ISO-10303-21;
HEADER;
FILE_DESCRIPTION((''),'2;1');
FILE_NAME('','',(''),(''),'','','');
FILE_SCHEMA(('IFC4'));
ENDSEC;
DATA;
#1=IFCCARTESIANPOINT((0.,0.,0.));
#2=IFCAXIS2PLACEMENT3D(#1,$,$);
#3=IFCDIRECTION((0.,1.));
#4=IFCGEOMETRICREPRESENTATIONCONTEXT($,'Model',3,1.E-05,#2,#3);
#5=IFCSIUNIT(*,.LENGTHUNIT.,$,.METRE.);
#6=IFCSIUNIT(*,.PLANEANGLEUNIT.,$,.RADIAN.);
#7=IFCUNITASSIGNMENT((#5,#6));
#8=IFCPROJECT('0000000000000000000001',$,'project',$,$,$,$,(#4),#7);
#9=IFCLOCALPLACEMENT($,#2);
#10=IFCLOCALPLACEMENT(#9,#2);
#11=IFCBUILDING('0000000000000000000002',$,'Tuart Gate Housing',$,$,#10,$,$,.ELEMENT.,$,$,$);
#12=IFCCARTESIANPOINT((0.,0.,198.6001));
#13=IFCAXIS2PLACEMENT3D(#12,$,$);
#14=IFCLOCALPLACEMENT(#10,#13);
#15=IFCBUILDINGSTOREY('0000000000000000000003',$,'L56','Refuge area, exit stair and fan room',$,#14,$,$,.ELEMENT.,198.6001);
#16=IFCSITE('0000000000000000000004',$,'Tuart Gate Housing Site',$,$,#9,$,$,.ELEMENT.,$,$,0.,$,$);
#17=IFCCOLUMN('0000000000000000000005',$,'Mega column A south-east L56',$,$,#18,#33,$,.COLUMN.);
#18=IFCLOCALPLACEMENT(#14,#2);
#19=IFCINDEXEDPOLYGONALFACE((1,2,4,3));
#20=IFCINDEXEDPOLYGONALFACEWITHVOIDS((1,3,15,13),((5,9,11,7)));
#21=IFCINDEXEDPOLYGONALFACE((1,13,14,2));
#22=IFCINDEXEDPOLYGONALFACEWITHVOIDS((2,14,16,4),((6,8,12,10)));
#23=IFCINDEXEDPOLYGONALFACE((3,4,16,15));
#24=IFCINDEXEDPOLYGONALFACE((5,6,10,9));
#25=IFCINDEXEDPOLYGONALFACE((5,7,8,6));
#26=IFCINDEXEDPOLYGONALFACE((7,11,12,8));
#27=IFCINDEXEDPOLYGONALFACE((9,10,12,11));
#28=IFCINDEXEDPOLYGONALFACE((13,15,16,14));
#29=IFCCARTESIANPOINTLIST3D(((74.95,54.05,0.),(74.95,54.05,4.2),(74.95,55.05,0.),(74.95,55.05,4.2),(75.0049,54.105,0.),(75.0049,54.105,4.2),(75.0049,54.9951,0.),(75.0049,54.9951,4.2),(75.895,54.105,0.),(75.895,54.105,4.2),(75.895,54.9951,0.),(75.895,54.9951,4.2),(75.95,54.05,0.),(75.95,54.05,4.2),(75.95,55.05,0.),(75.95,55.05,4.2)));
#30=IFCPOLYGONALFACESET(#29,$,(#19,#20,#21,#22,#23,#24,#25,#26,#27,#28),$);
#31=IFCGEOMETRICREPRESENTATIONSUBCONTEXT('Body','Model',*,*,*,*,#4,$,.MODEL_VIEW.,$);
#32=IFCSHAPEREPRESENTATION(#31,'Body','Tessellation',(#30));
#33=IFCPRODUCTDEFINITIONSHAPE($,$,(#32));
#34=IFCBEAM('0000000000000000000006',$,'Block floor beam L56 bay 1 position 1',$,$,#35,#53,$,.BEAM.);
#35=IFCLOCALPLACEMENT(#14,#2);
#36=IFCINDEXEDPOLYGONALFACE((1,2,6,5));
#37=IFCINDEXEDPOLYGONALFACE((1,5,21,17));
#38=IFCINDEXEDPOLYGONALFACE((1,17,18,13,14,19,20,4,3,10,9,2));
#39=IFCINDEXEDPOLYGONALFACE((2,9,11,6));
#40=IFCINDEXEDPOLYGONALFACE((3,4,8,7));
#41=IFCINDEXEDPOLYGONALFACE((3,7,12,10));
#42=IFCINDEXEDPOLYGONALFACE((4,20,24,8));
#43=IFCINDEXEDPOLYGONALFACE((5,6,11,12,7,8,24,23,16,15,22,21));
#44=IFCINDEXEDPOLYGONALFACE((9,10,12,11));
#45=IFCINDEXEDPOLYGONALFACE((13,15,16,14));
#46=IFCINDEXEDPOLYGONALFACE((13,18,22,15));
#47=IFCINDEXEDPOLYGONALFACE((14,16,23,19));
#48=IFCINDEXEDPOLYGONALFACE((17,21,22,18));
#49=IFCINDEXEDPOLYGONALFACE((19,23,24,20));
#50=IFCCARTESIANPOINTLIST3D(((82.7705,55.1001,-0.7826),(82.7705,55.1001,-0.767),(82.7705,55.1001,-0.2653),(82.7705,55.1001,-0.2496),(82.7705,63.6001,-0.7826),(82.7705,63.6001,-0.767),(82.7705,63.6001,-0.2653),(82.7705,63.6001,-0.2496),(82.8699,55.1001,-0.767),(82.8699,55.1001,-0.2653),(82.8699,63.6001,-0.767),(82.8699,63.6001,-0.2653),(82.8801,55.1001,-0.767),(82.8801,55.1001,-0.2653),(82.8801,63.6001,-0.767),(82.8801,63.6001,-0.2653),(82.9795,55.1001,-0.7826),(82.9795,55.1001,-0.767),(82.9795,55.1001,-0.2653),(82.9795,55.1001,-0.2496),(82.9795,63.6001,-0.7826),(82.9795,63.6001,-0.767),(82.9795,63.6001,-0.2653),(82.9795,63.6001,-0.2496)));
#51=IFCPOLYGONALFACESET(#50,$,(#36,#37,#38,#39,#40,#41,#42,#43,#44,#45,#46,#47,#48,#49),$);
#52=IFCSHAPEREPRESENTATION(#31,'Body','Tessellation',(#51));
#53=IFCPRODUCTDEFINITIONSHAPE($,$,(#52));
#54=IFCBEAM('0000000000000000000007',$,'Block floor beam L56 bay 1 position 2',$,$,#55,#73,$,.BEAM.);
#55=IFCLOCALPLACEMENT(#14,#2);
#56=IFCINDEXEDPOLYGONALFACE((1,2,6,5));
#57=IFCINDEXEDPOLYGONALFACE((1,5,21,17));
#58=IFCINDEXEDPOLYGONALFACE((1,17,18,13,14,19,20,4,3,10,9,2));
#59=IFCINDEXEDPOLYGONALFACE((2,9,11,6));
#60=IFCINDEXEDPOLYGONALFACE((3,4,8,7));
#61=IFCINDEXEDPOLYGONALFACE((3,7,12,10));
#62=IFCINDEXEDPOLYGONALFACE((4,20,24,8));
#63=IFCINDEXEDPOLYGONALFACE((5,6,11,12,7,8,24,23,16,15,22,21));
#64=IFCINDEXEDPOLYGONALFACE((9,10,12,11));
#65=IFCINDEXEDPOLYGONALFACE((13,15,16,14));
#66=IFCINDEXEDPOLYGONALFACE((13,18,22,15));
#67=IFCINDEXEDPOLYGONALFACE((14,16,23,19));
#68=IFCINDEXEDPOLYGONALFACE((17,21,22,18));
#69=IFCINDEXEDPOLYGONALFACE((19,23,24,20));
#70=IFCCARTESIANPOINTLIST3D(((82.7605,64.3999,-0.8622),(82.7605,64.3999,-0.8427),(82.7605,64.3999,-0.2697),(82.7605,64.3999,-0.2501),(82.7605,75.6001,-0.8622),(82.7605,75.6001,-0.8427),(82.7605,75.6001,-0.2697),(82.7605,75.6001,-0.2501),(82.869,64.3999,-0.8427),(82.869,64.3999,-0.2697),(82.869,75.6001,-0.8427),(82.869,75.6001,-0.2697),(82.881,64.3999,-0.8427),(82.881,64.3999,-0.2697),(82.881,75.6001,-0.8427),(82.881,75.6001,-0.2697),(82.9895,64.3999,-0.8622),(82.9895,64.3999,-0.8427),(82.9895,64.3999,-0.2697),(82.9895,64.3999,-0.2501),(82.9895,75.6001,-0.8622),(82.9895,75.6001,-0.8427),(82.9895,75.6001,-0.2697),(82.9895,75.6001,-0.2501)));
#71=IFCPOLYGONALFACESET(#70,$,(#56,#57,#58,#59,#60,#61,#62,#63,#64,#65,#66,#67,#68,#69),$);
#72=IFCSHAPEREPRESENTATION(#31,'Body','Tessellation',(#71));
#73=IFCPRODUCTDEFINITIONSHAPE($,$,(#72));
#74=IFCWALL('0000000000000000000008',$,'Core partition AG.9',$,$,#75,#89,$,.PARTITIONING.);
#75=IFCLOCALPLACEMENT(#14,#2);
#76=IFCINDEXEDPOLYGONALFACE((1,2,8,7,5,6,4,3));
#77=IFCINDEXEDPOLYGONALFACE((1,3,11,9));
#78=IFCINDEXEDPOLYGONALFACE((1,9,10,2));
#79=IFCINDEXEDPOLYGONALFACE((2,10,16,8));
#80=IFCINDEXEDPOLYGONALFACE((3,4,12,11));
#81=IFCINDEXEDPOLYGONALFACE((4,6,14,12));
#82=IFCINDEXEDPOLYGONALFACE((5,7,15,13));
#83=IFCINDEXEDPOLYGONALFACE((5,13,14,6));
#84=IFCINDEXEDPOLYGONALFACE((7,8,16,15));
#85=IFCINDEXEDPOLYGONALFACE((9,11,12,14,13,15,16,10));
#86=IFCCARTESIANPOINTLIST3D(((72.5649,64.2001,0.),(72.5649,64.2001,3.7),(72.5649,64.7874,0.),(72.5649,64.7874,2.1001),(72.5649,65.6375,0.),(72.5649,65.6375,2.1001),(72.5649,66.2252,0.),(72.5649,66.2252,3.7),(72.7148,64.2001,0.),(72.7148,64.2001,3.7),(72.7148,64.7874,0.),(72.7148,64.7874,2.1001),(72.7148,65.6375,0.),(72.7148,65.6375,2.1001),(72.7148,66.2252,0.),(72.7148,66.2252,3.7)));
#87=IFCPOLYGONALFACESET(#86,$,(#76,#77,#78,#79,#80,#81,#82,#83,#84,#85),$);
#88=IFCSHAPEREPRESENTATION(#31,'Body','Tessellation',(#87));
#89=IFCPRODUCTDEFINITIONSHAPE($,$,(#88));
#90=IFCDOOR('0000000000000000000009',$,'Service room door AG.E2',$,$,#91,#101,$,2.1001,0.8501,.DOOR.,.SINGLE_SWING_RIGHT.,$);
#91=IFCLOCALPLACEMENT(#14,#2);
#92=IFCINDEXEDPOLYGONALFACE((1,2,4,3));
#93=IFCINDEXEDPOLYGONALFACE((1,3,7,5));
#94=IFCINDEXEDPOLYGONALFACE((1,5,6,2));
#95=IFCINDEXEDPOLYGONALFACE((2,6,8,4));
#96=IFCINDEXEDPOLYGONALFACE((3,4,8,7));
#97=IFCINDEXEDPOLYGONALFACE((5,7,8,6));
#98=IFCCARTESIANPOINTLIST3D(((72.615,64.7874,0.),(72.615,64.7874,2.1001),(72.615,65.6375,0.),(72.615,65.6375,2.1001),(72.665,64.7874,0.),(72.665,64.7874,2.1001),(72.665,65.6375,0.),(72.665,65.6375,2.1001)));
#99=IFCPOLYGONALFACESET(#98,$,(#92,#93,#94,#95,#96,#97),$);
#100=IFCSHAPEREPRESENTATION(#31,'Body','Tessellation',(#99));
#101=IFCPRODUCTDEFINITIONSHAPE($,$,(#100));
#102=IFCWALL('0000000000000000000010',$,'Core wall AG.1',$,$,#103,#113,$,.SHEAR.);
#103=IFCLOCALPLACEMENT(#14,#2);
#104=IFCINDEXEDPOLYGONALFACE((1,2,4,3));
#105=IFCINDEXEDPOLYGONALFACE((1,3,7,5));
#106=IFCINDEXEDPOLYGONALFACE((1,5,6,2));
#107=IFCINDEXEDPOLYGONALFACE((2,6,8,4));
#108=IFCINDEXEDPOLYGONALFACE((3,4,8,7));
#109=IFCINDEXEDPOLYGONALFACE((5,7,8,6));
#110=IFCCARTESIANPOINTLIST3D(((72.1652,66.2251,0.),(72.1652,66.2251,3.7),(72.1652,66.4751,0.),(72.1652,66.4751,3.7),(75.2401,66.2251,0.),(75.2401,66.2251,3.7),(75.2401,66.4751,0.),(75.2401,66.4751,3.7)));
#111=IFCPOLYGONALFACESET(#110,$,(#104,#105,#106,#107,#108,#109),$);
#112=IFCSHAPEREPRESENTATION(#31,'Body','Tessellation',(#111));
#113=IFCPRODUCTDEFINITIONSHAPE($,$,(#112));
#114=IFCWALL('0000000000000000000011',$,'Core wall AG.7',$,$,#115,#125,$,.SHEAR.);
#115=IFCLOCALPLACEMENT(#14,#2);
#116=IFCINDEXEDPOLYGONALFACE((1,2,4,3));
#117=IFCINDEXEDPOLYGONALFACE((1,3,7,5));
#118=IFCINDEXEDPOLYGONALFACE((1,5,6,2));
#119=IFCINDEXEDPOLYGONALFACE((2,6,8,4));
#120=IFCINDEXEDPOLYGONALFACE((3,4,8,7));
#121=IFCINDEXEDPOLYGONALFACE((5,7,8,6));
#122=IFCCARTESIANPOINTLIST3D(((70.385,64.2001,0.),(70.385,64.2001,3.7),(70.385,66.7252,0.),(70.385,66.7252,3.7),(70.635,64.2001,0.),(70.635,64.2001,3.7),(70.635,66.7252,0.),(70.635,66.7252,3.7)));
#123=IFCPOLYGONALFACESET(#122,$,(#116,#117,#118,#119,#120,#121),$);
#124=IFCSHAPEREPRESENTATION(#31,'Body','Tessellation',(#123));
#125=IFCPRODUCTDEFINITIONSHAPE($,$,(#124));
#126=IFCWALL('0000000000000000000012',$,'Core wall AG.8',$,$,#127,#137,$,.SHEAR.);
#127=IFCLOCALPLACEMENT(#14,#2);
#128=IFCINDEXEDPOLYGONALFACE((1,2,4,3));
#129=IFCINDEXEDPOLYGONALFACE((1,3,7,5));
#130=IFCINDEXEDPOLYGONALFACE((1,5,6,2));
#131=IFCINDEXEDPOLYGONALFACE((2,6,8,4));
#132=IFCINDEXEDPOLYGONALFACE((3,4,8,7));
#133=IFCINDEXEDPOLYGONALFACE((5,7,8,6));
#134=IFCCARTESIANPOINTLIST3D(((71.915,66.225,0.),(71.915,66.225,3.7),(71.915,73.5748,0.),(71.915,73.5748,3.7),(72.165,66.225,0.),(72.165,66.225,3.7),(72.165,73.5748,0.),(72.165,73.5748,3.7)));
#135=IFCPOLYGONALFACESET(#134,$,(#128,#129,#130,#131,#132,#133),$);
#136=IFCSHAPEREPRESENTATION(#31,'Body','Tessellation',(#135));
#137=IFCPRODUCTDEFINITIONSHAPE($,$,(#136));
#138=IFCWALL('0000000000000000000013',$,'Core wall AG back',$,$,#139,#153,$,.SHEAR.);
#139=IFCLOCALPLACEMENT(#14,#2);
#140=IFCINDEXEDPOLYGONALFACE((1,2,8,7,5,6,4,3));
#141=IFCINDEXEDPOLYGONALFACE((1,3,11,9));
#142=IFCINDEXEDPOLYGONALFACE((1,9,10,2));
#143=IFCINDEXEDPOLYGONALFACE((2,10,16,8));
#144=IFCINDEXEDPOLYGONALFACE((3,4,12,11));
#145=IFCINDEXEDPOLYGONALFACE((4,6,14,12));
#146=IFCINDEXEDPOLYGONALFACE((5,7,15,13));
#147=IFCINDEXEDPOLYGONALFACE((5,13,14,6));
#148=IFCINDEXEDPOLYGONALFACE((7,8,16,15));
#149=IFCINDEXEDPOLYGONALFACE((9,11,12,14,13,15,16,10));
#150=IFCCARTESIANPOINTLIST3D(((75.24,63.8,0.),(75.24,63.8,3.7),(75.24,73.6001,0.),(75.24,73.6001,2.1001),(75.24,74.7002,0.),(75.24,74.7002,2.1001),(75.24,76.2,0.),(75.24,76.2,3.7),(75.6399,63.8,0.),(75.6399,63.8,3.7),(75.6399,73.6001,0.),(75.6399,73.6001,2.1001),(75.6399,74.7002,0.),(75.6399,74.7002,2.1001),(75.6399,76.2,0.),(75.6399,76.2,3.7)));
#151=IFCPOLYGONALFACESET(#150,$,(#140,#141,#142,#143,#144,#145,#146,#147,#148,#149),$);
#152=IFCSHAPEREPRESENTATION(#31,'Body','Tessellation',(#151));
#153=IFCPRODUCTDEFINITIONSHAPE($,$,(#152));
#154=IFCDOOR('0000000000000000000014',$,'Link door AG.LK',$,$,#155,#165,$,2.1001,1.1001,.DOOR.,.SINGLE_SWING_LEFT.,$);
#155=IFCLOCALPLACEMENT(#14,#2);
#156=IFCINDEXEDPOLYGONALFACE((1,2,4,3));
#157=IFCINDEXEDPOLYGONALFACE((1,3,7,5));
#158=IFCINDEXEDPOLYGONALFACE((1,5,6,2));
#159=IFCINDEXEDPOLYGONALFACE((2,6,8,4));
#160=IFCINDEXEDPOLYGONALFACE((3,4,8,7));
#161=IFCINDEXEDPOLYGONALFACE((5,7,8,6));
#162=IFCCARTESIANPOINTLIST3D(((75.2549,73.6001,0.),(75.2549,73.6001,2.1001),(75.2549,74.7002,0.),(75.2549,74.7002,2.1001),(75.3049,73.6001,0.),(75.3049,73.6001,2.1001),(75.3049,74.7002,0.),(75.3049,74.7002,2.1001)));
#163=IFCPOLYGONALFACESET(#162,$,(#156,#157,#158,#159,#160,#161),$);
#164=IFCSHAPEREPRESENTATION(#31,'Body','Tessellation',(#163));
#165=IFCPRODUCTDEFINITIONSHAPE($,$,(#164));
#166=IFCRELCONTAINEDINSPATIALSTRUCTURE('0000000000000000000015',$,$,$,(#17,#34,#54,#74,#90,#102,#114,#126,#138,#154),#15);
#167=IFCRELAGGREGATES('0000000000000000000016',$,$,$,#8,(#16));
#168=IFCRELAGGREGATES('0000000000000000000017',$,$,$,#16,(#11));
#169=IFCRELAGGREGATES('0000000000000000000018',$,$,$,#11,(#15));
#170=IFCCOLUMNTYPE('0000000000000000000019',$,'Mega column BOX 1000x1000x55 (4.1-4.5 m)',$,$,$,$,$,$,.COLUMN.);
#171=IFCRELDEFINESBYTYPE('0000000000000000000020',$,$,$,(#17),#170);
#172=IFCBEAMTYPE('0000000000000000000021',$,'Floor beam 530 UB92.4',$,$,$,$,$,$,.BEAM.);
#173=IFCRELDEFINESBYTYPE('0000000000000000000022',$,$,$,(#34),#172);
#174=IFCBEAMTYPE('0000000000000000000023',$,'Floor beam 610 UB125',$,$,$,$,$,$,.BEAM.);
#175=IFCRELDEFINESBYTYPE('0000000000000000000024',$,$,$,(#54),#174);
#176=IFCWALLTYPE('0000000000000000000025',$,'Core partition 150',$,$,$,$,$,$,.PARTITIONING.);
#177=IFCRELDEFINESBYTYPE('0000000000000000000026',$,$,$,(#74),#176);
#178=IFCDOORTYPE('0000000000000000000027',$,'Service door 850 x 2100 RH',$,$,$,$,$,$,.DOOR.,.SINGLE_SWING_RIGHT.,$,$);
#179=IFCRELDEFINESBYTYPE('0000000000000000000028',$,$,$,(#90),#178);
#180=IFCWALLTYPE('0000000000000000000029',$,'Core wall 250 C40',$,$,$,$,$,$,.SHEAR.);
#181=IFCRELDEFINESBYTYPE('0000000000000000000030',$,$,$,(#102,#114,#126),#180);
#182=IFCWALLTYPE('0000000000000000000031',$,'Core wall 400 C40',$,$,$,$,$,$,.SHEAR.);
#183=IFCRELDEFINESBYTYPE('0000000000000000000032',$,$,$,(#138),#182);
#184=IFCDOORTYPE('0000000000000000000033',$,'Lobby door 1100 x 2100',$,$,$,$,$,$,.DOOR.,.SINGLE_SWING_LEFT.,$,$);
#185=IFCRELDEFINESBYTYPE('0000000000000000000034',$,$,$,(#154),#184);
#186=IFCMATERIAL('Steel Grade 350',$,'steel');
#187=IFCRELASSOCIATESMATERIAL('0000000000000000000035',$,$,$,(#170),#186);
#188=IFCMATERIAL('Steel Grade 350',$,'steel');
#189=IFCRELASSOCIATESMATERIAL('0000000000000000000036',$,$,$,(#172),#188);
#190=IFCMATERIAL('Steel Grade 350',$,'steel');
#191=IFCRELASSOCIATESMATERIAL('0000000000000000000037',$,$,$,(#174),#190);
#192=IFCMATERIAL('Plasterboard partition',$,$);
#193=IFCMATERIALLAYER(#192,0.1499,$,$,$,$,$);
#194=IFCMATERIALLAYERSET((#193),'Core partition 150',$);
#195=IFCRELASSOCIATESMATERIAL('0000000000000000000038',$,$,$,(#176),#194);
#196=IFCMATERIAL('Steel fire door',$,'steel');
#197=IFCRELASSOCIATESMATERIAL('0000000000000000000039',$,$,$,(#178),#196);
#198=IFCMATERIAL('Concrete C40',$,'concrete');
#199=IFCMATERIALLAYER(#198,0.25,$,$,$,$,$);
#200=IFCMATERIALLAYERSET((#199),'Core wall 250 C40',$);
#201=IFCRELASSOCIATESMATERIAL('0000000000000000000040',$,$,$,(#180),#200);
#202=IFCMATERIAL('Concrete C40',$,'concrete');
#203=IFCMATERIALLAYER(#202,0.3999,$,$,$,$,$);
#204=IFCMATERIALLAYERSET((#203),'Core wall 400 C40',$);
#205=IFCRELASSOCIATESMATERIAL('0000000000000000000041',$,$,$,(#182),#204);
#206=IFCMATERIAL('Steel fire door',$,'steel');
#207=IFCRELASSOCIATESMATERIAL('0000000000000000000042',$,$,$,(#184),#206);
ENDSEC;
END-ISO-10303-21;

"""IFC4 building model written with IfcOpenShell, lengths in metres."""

from ifc_helpers import new_model, si_unit, direction, frame, frame_2d, origin, origin_2d, place, context, subcontext, project, spatial, rectangle, hollow_rectangle, i_section, extrude, material, layer, layer_set, material_profile, profile_set, type_object, element, fill, save


model = new_model("IFC4")

# Units and contexts
model_context = context("Model", 3, precision=1e-05, world=origin(), true_north=direction((0.0, 1.0)))
body_context = subcontext(model_context, "Body", "Model", "MODEL_VIEW")
ifc_project = project(units=[si_unit("LENGTHUNIT", "METRE"), si_unit("PLANEANGLEUNIT", "RADIAN")], contexts=[model_context])

# Site, building, storey
site_placement = place(None, origin())
site = spatial("IfcSite", under=ifc_project, at=site_placement, Name="Tuart Gate Housing Site", CompositionType="ELEMENT", RefElevation=0.0)
building_placement = place(site_placement, origin())
building = spatial("IfcBuilding", under=site, at=building_placement, Name="Tuart Gate Housing", CompositionType="ELEMENT")
storey_placement = place(building_placement, frame((0.0, 0.0, 198.6001)))
storey = spatial("IfcBuildingStorey", under=building, at=storey_placement, Name="L56", Description="Refuge area, exit stair and fan room", CompositionType="ELEMENT", Elevation=198.6001)

# Column
ifc_material_1 = material(Name="Steel Grade 350", Category="steel")
ifc_material_profile_1 = material_profile(ifc_material_1, hollow_rectangle(XDim=1.0, YDim=1.0, WallThickness=0.0549, at=origin_2d()), Name="BOX 1000x1000x55")
ifc_profile_set_1 = profile_set([ifc_material_profile_1], Name="Steel Grade 350")
column_type = type_object("IfcColumnType", Name="Mega column BOX 1000x1000x55 (4.1-4.5 m)", PredefinedType="COLUMN", material=ifc_profile_set_1)
column_placement = place(storey_placement, frame((75.45, 54.55, 0.0), z_axis=(0.0, 0.0, 1.0), x_axis=(1.0, 0.0, 0.0)))
element("IfcColumn", 1, at=column_placement, inside=storey, type_object=column_type, Name="Mega column A south-east L56", PredefinedType="COLUMN", context=body_context, shape_type="SweptSolid", body=[
    extrude(hollow_rectangle(XDim=1.0, YDim=1.0, WallThickness=0.0549, at=origin_2d()), origin(), (0.0, 0.0, 1.0), 4.2),
])

# Beams
ifc_material_2 = material(Name="Steel Grade 350", Category="steel")
ifc_material_profile_2 = material_profile(ifc_material_2, i_section(OverallWidth=0.209, OverallDepth=0.533, WebThickness=0.0103, FlangeThickness=0.0156, at=origin_2d()), Name="530UB92.4")
ifc_profile_set_2 = profile_set([ifc_material_profile_2], Name="Steel Grade 350")
beam_type_1 = type_object("IfcBeamType", Name="Floor beam 530 UB92.4", PredefinedType="BEAM", material=ifc_profile_set_2)
beam_1_placement = place(storey_placement, frame((82.875, 55.1001, -0.5161), z_axis=(0.0, 1.0, 0.0), x_axis=(-1.0, 0.0, 0.0)))
element("IfcBeam", 2, at=beam_1_placement, inside=storey, type_object=beam_type_1, Name="Block floor beam L56 bay 1 position 1", PredefinedType="BEAM", context=body_context, shape_type="SweptSolid", body=[
    extrude(i_section(OverallWidth=0.209, OverallDepth=0.533, WebThickness=0.0103, FlangeThickness=0.0156, at=origin_2d()), origin(), (0.0, 0.0, 1.0), 8.5),
])
ifc_material_3 = material(Name="Steel Grade 350", Category="steel")
ifc_material_profile_3 = material_profile(ifc_material_3, i_section(OverallWidth=0.229, OverallDepth=0.6121, WebThickness=0.012, FlangeThickness=0.0195, at=origin_2d()), Name="610UB125")
ifc_profile_set_3 = profile_set([ifc_material_profile_3], Name="Steel Grade 350")
beam_type_2 = type_object("IfcBeamType", Name="Floor beam 610 UB125", PredefinedType="BEAM", material=ifc_profile_set_3)
beam_2_placement = place(storey_placement, frame((82.875, 64.3999, -0.5562), z_axis=(0.0, 1.0, 0.0), x_axis=(-1.0, 0.0, 0.0)))
element("IfcBeam", 3, at=beam_2_placement, inside=storey, type_object=beam_type_2, Name="Block floor beam L56 bay 1 position 2", PredefinedType="BEAM", context=body_context, shape_type="SweptSolid", body=[
    extrude(i_section(OverallWidth=0.229, OverallDepth=0.6121, WebThickness=0.012, FlangeThickness=0.0195, at=origin_2d()), origin(), (0.0, 0.0, 1.0), 11.2002),
])

# Wall, opening, door
ifc_material_4 = material(Name="Plasterboard partition")
ifc_layer_1 = layer(ifc_material_4, 0.1499)
ifc_layer_set_1 = layer_set([ifc_layer_1], Name="Core partition 150")
wall_type_1 = type_object("IfcWallType", Name="Core partition 150", PredefinedType="PARTITIONING", material=ifc_layer_set_1)
wall_1_placement = place(storey_placement, frame((72.6399, 64.2, 0.0), z_axis=(0.0, 0.0, 1.0), x_axis=(0.0, 1.0, 0.0)))
wall_1 = element("IfcWall", 4, at=wall_1_placement, inside=storey, type_object=wall_type_1, Name="Core partition AG.9", PredefinedType="PARTITIONING", context=body_context, shape_type="SweptSolid", body=[
    extrude(rectangle(XDim=2.0251, YDim=0.1499, at=frame_2d((1.0127, 0.0))), origin(), (0.0, 0.0, 1.0), 3.7),
])
opening_1_placement = place(wall_1_placement, frame((0.5874, 0.0, 0.0)))
opening_1 = element("IfcOpeningElement", 5, at=opening_1_placement, cuts=wall_1, PredefinedType="OPENING", context=body_context, shape_type="SweptSolid", body=[
    extrude(rectangle(XDim=0.8501, YDim=2.1001, at=frame_2d((0.425, 1.05))), frame((0.0, 0.085, 0.0), z_axis=(0.0, -1.0, 0.0), x_axis=(1.0, 0.0, 0.0)), (0.0, 0.0, 1.0), 0.1699),
])
ifc_material_5 = material(Name="Steel fire door", Category="steel")
door_type_1 = type_object("IfcDoorType", Name="Service door 850 x 2100 RH", OperationType="SINGLE_SWING_RIGHT", PredefinedType="DOOR", material=ifc_material_5)
door_1_placement = place(opening_1_placement, frame((0.8501, 0.0, 0.0), z_axis=(0.0, 0.0, 1.0), x_axis=(-1.0, 0.0, 0.0)))
door_1 = element("IfcDoor", 6, at=door_1_placement, inside=storey, type_object=door_type_1, Name="Service room door AG.E2", OperationType="SINGLE_SWING_RIGHT", OverallHeight=2.1001, OverallWidth=0.8501, PredefinedType="DOOR", context=body_context, shape_type="SweptSolid", body=[
    extrude(rectangle(XDim=0.8501, YDim=2.1001, at=frame_2d((0.425, 1.05))), frame((0.0, 0.0251, 0.0), z_axis=(0.0, -1.0, 0.0), x_axis=(1.0, 0.0, 0.0)), (0.0, 0.0, 1.0), 0.05),
])
fill(opening_1, door_1)

# Walls
ifc_material_6 = material(Name="Concrete C40", Category="concrete")
ifc_layer_2 = layer(ifc_material_6, 0.25)
ifc_layer_set_2 = layer_set([ifc_layer_2], Name="Core wall 250 C40")
wall_type_2 = type_object("IfcWallType", Name="Core wall 250 C40", PredefinedType="SHEAR", material=ifc_layer_set_2)
wall_2_placement = place(storey_placement, frame((72.165, 66.3501, 0.0), z_axis=(0.0, 0.0, 1.0), x_axis=(1.0, 0.0, 0.0)))
element("IfcWall", 7, at=wall_2_placement, inside=storey, type_object=wall_type_2, Name="Core wall AG.1", PredefinedType="SHEAR", context=body_context, shape_type="SweptSolid", body=[
    extrude(rectangle(XDim=3.075, YDim=0.25, at=frame_2d((1.5376, 0.0))), origin(), (0.0, 0.0, 1.0), 3.7),
])
wall_3_placement = place(storey_placement, frame((70.51, 64.2, 0.0), z_axis=(0.0, 0.0, 1.0), x_axis=(0.0, 1.0, 0.0)))
element("IfcWall", 8, at=wall_3_placement, inside=storey, type_object=wall_type_2, Name="Core wall AG.7", PredefinedType="SHEAR", context=body_context, shape_type="SweptSolid", body=[
    extrude(rectangle(XDim=2.5251, YDim=0.25, at=frame_2d((1.2627, 0.0))), origin(), (0.0, 0.0, 1.0), 3.7),
])
wall_4_placement = place(storey_placement, frame((72.04, 66.2251, 0.0), z_axis=(0.0, 0.0, 1.0), x_axis=(0.0, 1.0, 0.0)))
element("IfcWall", 9, at=wall_4_placement, inside=storey, type_object=wall_type_2, Name="Core wall AG.8", PredefinedType="SHEAR", context=body_context, shape_type="SweptSolid", body=[
    extrude(rectangle(XDim=7.3499, YDim=0.25, at=frame_2d((3.6748, 0.0))), origin(), (0.0, 0.0, 1.0), 3.7),
])

# Wall, opening, door
ifc_material_7 = material(Name="Concrete C40", Category="concrete")
ifc_layer_3 = layer(ifc_material_7, 0.3999)
ifc_layer_set_3 = layer_set([ifc_layer_3], Name="Core wall 400 C40")
wall_type_3 = type_object("IfcWallType", Name="Core wall 400 C40", PredefinedType="SHEAR", material=ifc_layer_set_3)
wall_5_placement = place(storey_placement, frame((75.4399, 63.8, 0.0), z_axis=(0.0, 0.0, 1.0), x_axis=(0.0, 1.0, 0.0)))
wall_5 = element("IfcWall", 10, at=wall_5_placement, inside=storey, type_object=wall_type_3, Name="Core wall AG back", PredefinedType="SHEAR", context=body_context, shape_type="SweptSolid", body=[
    extrude(rectangle(XDim=12.3999, YDim=0.3999, at=frame_2d((6.2, 0.0))), origin(), (0.0, 0.0, 1.0), 3.7),
])
opening_2_placement = place(wall_5_placement, frame((9.8, 0.0, 0.0)))
opening_2 = element("IfcOpeningElement", 11, at=opening_2_placement, cuts=wall_5, PredefinedType="OPENING", context=body_context, shape_type="SweptSolid", body=[
    extrude(rectangle(XDim=1.1001, YDim=2.1001, at=frame_2d((0.55, 1.05))), frame((0.0, 0.21, 0.0), z_axis=(0.0, -1.0, 0.0), x_axis=(1.0, 0.0, 0.0)), (0.0, 0.0, 1.0), 0.4199),
])
ifc_material_8 = material(Name="Steel fire door", Category="steel")
door_type_2 = type_object("IfcDoorType", Name="Lobby door 1100 x 2100", OperationType="SINGLE_SWING_LEFT", PredefinedType="DOOR", material=ifc_material_8)
door_2_placement = place(opening_2_placement, origin())
door_2 = element("IfcDoor", 12, at=door_2_placement, inside=storey, type_object=door_type_2, Name="Link door AG.LK", OperationType="SINGLE_SWING_LEFT", OverallHeight=2.1001, OverallWidth=1.1001, PredefinedType="DOOR", context=body_context, shape_type="SweptSolid", body=[
    extrude(rectangle(XDim=1.1001, YDim=2.1001, at=frame_2d((0.55, 1.05))), frame((0.0, 0.1851, 0.0), z_axis=(0.0, -1.0, 0.0), x_axis=(1.0, 0.0, 0.0)), (0.0, 0.0, 1.0), 0.05),
])
fill(opening_2, door_2)

save(model, "model.ifc")
